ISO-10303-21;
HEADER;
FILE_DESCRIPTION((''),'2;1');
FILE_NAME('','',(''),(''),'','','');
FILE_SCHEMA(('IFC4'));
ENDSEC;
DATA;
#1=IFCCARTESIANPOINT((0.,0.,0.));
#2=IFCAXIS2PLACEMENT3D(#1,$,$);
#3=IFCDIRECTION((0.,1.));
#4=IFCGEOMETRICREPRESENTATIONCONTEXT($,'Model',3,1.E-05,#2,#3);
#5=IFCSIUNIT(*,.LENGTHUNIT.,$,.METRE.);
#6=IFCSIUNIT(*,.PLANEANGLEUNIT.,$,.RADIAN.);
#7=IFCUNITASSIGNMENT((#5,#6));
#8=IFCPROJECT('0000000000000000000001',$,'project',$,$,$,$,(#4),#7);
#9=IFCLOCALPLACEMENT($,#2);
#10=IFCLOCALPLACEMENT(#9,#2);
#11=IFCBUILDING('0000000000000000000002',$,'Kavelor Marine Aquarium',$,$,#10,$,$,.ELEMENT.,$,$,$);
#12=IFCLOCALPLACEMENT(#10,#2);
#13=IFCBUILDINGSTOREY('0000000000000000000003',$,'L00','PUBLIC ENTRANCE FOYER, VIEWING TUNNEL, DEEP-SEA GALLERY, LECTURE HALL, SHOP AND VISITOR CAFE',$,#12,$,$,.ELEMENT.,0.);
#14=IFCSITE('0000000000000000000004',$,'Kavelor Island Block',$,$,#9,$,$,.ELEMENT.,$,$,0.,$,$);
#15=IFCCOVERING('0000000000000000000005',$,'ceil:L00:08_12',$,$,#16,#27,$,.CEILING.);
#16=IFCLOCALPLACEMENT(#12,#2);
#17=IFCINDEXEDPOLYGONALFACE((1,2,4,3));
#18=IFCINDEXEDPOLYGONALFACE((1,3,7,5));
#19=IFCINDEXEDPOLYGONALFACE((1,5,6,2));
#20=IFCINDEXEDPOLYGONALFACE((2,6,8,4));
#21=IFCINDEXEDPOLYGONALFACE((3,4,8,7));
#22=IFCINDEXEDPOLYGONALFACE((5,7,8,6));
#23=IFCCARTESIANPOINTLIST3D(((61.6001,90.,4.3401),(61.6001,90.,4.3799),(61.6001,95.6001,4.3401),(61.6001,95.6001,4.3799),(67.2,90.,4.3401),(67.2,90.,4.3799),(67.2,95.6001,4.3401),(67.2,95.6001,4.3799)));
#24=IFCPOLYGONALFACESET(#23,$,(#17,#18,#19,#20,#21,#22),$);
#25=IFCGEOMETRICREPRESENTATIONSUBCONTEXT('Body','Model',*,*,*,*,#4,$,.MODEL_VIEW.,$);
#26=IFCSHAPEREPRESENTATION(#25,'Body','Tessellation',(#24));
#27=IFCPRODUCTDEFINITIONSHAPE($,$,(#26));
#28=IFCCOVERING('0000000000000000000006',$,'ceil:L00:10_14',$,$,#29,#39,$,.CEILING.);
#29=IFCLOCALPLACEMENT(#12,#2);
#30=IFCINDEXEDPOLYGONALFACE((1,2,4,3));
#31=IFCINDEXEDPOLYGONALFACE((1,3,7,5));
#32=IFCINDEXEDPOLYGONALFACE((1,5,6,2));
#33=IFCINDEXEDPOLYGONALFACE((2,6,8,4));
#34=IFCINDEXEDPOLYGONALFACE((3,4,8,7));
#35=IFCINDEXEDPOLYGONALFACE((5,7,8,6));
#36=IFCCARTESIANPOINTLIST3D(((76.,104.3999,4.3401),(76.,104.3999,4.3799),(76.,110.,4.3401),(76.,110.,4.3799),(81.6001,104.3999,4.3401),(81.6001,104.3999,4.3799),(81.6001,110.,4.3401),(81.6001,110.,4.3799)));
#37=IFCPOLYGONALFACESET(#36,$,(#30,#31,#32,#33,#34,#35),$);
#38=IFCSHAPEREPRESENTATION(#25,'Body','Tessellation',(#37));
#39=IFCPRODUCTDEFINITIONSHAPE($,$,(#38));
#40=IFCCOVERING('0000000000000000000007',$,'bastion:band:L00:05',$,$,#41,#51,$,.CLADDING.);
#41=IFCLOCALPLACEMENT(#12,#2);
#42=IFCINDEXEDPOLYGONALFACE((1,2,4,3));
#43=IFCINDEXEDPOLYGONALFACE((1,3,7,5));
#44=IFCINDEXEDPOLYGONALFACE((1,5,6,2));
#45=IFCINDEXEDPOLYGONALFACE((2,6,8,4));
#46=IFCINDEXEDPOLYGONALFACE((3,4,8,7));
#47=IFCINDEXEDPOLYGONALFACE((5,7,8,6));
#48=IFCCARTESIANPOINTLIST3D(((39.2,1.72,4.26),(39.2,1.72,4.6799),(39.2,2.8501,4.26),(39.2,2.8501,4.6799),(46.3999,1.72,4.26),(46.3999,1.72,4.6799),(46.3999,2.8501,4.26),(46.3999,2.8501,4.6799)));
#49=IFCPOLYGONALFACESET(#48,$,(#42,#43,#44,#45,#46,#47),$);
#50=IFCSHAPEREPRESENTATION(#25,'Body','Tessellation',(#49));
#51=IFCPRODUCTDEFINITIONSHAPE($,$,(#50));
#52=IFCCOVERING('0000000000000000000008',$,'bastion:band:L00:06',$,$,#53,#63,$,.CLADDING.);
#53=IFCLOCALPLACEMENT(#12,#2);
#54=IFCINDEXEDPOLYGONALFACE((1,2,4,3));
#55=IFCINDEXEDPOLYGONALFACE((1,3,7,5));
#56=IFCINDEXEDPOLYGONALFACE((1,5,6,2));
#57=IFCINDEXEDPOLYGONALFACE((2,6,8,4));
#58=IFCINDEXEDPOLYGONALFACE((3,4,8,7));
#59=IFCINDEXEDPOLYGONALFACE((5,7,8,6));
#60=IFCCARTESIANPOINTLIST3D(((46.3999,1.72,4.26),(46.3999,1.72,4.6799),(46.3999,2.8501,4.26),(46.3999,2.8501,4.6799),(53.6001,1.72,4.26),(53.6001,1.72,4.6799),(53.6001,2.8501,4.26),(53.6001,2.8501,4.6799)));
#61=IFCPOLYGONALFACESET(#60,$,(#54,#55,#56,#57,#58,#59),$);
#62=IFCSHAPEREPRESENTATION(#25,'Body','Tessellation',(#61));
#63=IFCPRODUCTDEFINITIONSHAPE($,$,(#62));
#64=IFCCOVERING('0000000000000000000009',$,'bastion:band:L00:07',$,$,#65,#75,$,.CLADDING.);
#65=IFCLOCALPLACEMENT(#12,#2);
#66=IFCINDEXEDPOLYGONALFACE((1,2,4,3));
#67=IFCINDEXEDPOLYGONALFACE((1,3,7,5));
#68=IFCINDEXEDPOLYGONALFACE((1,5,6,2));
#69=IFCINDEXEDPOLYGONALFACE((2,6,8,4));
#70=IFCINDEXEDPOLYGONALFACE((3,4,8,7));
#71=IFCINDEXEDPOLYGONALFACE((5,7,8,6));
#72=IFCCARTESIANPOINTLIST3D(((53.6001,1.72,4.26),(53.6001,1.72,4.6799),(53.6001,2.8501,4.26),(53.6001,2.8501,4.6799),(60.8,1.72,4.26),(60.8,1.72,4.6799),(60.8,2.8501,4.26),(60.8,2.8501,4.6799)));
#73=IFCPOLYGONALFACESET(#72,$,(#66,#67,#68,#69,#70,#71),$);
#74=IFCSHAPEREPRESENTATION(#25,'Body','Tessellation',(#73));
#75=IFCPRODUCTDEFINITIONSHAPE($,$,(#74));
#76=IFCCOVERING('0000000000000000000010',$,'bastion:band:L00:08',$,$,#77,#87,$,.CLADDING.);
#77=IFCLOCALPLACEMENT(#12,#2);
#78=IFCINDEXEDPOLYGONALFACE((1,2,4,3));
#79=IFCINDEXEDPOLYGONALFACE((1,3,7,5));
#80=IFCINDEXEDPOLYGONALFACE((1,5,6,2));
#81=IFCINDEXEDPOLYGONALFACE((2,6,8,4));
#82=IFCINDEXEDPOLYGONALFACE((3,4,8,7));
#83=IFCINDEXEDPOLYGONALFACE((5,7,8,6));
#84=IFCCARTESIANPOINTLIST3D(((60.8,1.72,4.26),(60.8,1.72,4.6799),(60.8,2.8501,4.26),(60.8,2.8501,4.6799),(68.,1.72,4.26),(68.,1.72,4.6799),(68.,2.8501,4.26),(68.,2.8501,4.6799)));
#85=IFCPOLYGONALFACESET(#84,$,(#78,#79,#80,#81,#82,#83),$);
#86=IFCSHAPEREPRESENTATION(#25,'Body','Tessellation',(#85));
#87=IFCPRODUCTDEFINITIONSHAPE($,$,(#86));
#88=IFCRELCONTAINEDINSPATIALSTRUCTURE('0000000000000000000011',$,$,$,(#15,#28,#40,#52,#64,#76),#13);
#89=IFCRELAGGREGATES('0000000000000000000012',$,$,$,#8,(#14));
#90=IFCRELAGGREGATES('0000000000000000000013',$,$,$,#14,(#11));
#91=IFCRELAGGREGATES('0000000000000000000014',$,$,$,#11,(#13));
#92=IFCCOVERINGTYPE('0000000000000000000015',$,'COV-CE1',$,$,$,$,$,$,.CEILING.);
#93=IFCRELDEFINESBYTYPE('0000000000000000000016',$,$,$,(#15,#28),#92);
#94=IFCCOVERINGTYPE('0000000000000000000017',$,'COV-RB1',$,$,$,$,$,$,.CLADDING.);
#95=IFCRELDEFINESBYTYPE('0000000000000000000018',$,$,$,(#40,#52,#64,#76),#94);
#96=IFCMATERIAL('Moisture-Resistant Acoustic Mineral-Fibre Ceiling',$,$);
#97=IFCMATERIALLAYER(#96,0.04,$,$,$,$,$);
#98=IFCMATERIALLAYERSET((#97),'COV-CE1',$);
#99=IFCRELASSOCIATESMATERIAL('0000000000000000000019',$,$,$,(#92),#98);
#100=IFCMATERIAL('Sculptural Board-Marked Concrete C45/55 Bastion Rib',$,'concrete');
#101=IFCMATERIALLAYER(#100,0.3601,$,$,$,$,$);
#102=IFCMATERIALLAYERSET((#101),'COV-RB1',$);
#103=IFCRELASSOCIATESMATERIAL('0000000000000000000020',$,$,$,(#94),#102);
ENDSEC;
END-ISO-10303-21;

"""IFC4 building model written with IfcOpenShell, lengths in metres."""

from ifc_helpers import new_model, si_unit, direction, frame, origin, place, context, subcontext, project, spatial, polyline, outline, extrude, material, layer, layer_set, type_object, element, save


model = new_model("IFC4")

# Units and contexts
model_context = context("Model", 3, precision=1e-05, world=origin(), true_north=direction((0.0, 1.0)))
body_context = subcontext(model_context, "Body", "Model", "MODEL_VIEW")
ifc_project = project(units=[si_unit("LENGTHUNIT", "METRE"), si_unit("PLANEANGLEUNIT", "RADIAN")], contexts=[model_context])

# Site, building, storey
site_placement = place(None, origin())
site = spatial("IfcSite", under=ifc_project, at=site_placement, Name="Kavelor Island Block", CompositionType="ELEMENT", RefElevation=0.0)
building_placement = place(site_placement, origin())
building = spatial("IfcBuilding", under=site, at=building_placement, Name="Kavelor Marine Aquarium", CompositionType="ELEMENT")
storey_placement = place(building_placement, origin())
storey = spatial("IfcBuildingStorey", under=building, at=storey_placement, Name="L00", Description="PUBLIC ENTRANCE FOYER, VIEWING TUNNEL, DEEP-SEA GALLERY, LECTURE HALL, SHOP AND VISITOR CAFE", CompositionType="ELEMENT", Elevation=0.0)

# Coverings
ifc_material_1 = material(Name="Moisture-Resistant Acoustic Mineral-Fibre Ceiling")
ifc_layer_1 = layer(ifc_material_1, 0.04)
ifc_layer_set_1 = layer_set([ifc_layer_1], Name="COV-CE1")
covering_type_1 = type_object("IfcCoveringType", Name="COV-CE1", PredefinedType="CEILING", material=ifc_layer_set_1)
covering_1_placement = place(storey_placement, frame((0.0, 0.0, 4.3401)))
element("IfcCovering", 1, at=covering_1_placement, inside=storey, type_object=covering_type_1, Name="ceil:L00:08_12", PredefinedType="CEILING", context=body_context, shape_type="SweptSolid", body=[
    extrude(outline(polyline([(61.6001, 90.0), (67.2, 90.0), (67.2, 95.6001), (61.6001, 95.6001), (61.6001, 90.0)])), origin(), (0.0, 0.0, 1.0), 0.0398),
])
covering_2_placement = place(storey_placement, frame((0.0, 0.0, 4.3401)))
element("IfcCovering", 2, at=covering_2_placement, inside=storey, type_object=covering_type_1, Name="ceil:L00:10_14", PredefinedType="CEILING", context=body_context, shape_type="SweptSolid", body=[
    extrude(outline(polyline([(76.0, 104.3999), (81.6001, 104.3999), (81.6001, 110.0), (76.0, 110.0), (76.0, 104.3999)])), origin(), (0.0, 0.0, 1.0), 0.0398),
])
ifc_material_2 = material(Name="Sculptural Board-Marked Concrete C45/55 Bastion Rib", Category="concrete")
ifc_layer_2 = layer(ifc_material_2, 0.3601)
ifc_layer_set_2 = layer_set([ifc_layer_2], Name="COV-RB1")
covering_type_2 = type_object("IfcCoveringType", Name="COV-RB1", PredefinedType="CLADDING", material=ifc_layer_set_2)
covering_3_placement = place(storey_placement, frame((0.0, 0.0, 4.26)))
element("IfcCovering", 3, at=covering_3_placement, inside=storey, type_object=covering_type_2, Name="bastion:band:L00:05", PredefinedType="CLADDING", context=body_context, shape_type="SweptSolid", body=[
    extrude(outline(polyline([(39.2, 1.72), (46.3999, 1.72), (46.3999, 2.8501), (39.2, 2.8501), (39.2, 1.72)])), origin(), (0.0, 0.0, 1.0), 0.4199),
])
covering_4_placement = place(storey_placement, frame((0.0, 0.0, 4.26)))
element("IfcCovering", 4, at=covering_4_placement, inside=storey, type_object=covering_type_2, Name="bastion:band:L00:06", PredefinedType="CLADDING", context=body_context, shape_type="SweptSolid", body=[
    extrude(outline(polyline([(46.3999, 1.72), (53.6001, 1.72), (53.6001, 2.8501), (46.3999, 2.8501), (46.3999, 1.72)])), origin(), (0.0, 0.0, 1.0), 0.4199),
])
covering_5_placement = place(storey_placement, frame((0.0, 0.0, 4.26)))
element("IfcCovering", 5, at=covering_5_placement, inside=storey, type_object=covering_type_2, Name="bastion:band:L00:07", PredefinedType="CLADDING", context=body_context, shape_type="SweptSolid", body=[
    extrude(outline(polyline([(53.6001, 1.72), (60.8, 1.72), (60.8, 2.8501), (53.6001, 2.8501), (53.6001, 1.72)])), origin(), (0.0, 0.0, 1.0), 0.4199),
])
covering_6_placement = place(storey_placement, frame((0.0, 0.0, 4.26)))
element("IfcCovering", 6, at=covering_6_placement, inside=storey, type_object=covering_type_2, Name="bastion:band:L00:08", PredefinedType="CLADDING", context=body_context, shape_type="SweptSolid", body=[
    extrude(outline(polyline([(60.8, 1.72), (68.0, 1.72), (68.0, 2.8501), (60.8, 2.8501), (60.8, 1.72)])), origin(), (0.0, 0.0, 1.0), 0.4199),
])

save(model, "model.ifc")
